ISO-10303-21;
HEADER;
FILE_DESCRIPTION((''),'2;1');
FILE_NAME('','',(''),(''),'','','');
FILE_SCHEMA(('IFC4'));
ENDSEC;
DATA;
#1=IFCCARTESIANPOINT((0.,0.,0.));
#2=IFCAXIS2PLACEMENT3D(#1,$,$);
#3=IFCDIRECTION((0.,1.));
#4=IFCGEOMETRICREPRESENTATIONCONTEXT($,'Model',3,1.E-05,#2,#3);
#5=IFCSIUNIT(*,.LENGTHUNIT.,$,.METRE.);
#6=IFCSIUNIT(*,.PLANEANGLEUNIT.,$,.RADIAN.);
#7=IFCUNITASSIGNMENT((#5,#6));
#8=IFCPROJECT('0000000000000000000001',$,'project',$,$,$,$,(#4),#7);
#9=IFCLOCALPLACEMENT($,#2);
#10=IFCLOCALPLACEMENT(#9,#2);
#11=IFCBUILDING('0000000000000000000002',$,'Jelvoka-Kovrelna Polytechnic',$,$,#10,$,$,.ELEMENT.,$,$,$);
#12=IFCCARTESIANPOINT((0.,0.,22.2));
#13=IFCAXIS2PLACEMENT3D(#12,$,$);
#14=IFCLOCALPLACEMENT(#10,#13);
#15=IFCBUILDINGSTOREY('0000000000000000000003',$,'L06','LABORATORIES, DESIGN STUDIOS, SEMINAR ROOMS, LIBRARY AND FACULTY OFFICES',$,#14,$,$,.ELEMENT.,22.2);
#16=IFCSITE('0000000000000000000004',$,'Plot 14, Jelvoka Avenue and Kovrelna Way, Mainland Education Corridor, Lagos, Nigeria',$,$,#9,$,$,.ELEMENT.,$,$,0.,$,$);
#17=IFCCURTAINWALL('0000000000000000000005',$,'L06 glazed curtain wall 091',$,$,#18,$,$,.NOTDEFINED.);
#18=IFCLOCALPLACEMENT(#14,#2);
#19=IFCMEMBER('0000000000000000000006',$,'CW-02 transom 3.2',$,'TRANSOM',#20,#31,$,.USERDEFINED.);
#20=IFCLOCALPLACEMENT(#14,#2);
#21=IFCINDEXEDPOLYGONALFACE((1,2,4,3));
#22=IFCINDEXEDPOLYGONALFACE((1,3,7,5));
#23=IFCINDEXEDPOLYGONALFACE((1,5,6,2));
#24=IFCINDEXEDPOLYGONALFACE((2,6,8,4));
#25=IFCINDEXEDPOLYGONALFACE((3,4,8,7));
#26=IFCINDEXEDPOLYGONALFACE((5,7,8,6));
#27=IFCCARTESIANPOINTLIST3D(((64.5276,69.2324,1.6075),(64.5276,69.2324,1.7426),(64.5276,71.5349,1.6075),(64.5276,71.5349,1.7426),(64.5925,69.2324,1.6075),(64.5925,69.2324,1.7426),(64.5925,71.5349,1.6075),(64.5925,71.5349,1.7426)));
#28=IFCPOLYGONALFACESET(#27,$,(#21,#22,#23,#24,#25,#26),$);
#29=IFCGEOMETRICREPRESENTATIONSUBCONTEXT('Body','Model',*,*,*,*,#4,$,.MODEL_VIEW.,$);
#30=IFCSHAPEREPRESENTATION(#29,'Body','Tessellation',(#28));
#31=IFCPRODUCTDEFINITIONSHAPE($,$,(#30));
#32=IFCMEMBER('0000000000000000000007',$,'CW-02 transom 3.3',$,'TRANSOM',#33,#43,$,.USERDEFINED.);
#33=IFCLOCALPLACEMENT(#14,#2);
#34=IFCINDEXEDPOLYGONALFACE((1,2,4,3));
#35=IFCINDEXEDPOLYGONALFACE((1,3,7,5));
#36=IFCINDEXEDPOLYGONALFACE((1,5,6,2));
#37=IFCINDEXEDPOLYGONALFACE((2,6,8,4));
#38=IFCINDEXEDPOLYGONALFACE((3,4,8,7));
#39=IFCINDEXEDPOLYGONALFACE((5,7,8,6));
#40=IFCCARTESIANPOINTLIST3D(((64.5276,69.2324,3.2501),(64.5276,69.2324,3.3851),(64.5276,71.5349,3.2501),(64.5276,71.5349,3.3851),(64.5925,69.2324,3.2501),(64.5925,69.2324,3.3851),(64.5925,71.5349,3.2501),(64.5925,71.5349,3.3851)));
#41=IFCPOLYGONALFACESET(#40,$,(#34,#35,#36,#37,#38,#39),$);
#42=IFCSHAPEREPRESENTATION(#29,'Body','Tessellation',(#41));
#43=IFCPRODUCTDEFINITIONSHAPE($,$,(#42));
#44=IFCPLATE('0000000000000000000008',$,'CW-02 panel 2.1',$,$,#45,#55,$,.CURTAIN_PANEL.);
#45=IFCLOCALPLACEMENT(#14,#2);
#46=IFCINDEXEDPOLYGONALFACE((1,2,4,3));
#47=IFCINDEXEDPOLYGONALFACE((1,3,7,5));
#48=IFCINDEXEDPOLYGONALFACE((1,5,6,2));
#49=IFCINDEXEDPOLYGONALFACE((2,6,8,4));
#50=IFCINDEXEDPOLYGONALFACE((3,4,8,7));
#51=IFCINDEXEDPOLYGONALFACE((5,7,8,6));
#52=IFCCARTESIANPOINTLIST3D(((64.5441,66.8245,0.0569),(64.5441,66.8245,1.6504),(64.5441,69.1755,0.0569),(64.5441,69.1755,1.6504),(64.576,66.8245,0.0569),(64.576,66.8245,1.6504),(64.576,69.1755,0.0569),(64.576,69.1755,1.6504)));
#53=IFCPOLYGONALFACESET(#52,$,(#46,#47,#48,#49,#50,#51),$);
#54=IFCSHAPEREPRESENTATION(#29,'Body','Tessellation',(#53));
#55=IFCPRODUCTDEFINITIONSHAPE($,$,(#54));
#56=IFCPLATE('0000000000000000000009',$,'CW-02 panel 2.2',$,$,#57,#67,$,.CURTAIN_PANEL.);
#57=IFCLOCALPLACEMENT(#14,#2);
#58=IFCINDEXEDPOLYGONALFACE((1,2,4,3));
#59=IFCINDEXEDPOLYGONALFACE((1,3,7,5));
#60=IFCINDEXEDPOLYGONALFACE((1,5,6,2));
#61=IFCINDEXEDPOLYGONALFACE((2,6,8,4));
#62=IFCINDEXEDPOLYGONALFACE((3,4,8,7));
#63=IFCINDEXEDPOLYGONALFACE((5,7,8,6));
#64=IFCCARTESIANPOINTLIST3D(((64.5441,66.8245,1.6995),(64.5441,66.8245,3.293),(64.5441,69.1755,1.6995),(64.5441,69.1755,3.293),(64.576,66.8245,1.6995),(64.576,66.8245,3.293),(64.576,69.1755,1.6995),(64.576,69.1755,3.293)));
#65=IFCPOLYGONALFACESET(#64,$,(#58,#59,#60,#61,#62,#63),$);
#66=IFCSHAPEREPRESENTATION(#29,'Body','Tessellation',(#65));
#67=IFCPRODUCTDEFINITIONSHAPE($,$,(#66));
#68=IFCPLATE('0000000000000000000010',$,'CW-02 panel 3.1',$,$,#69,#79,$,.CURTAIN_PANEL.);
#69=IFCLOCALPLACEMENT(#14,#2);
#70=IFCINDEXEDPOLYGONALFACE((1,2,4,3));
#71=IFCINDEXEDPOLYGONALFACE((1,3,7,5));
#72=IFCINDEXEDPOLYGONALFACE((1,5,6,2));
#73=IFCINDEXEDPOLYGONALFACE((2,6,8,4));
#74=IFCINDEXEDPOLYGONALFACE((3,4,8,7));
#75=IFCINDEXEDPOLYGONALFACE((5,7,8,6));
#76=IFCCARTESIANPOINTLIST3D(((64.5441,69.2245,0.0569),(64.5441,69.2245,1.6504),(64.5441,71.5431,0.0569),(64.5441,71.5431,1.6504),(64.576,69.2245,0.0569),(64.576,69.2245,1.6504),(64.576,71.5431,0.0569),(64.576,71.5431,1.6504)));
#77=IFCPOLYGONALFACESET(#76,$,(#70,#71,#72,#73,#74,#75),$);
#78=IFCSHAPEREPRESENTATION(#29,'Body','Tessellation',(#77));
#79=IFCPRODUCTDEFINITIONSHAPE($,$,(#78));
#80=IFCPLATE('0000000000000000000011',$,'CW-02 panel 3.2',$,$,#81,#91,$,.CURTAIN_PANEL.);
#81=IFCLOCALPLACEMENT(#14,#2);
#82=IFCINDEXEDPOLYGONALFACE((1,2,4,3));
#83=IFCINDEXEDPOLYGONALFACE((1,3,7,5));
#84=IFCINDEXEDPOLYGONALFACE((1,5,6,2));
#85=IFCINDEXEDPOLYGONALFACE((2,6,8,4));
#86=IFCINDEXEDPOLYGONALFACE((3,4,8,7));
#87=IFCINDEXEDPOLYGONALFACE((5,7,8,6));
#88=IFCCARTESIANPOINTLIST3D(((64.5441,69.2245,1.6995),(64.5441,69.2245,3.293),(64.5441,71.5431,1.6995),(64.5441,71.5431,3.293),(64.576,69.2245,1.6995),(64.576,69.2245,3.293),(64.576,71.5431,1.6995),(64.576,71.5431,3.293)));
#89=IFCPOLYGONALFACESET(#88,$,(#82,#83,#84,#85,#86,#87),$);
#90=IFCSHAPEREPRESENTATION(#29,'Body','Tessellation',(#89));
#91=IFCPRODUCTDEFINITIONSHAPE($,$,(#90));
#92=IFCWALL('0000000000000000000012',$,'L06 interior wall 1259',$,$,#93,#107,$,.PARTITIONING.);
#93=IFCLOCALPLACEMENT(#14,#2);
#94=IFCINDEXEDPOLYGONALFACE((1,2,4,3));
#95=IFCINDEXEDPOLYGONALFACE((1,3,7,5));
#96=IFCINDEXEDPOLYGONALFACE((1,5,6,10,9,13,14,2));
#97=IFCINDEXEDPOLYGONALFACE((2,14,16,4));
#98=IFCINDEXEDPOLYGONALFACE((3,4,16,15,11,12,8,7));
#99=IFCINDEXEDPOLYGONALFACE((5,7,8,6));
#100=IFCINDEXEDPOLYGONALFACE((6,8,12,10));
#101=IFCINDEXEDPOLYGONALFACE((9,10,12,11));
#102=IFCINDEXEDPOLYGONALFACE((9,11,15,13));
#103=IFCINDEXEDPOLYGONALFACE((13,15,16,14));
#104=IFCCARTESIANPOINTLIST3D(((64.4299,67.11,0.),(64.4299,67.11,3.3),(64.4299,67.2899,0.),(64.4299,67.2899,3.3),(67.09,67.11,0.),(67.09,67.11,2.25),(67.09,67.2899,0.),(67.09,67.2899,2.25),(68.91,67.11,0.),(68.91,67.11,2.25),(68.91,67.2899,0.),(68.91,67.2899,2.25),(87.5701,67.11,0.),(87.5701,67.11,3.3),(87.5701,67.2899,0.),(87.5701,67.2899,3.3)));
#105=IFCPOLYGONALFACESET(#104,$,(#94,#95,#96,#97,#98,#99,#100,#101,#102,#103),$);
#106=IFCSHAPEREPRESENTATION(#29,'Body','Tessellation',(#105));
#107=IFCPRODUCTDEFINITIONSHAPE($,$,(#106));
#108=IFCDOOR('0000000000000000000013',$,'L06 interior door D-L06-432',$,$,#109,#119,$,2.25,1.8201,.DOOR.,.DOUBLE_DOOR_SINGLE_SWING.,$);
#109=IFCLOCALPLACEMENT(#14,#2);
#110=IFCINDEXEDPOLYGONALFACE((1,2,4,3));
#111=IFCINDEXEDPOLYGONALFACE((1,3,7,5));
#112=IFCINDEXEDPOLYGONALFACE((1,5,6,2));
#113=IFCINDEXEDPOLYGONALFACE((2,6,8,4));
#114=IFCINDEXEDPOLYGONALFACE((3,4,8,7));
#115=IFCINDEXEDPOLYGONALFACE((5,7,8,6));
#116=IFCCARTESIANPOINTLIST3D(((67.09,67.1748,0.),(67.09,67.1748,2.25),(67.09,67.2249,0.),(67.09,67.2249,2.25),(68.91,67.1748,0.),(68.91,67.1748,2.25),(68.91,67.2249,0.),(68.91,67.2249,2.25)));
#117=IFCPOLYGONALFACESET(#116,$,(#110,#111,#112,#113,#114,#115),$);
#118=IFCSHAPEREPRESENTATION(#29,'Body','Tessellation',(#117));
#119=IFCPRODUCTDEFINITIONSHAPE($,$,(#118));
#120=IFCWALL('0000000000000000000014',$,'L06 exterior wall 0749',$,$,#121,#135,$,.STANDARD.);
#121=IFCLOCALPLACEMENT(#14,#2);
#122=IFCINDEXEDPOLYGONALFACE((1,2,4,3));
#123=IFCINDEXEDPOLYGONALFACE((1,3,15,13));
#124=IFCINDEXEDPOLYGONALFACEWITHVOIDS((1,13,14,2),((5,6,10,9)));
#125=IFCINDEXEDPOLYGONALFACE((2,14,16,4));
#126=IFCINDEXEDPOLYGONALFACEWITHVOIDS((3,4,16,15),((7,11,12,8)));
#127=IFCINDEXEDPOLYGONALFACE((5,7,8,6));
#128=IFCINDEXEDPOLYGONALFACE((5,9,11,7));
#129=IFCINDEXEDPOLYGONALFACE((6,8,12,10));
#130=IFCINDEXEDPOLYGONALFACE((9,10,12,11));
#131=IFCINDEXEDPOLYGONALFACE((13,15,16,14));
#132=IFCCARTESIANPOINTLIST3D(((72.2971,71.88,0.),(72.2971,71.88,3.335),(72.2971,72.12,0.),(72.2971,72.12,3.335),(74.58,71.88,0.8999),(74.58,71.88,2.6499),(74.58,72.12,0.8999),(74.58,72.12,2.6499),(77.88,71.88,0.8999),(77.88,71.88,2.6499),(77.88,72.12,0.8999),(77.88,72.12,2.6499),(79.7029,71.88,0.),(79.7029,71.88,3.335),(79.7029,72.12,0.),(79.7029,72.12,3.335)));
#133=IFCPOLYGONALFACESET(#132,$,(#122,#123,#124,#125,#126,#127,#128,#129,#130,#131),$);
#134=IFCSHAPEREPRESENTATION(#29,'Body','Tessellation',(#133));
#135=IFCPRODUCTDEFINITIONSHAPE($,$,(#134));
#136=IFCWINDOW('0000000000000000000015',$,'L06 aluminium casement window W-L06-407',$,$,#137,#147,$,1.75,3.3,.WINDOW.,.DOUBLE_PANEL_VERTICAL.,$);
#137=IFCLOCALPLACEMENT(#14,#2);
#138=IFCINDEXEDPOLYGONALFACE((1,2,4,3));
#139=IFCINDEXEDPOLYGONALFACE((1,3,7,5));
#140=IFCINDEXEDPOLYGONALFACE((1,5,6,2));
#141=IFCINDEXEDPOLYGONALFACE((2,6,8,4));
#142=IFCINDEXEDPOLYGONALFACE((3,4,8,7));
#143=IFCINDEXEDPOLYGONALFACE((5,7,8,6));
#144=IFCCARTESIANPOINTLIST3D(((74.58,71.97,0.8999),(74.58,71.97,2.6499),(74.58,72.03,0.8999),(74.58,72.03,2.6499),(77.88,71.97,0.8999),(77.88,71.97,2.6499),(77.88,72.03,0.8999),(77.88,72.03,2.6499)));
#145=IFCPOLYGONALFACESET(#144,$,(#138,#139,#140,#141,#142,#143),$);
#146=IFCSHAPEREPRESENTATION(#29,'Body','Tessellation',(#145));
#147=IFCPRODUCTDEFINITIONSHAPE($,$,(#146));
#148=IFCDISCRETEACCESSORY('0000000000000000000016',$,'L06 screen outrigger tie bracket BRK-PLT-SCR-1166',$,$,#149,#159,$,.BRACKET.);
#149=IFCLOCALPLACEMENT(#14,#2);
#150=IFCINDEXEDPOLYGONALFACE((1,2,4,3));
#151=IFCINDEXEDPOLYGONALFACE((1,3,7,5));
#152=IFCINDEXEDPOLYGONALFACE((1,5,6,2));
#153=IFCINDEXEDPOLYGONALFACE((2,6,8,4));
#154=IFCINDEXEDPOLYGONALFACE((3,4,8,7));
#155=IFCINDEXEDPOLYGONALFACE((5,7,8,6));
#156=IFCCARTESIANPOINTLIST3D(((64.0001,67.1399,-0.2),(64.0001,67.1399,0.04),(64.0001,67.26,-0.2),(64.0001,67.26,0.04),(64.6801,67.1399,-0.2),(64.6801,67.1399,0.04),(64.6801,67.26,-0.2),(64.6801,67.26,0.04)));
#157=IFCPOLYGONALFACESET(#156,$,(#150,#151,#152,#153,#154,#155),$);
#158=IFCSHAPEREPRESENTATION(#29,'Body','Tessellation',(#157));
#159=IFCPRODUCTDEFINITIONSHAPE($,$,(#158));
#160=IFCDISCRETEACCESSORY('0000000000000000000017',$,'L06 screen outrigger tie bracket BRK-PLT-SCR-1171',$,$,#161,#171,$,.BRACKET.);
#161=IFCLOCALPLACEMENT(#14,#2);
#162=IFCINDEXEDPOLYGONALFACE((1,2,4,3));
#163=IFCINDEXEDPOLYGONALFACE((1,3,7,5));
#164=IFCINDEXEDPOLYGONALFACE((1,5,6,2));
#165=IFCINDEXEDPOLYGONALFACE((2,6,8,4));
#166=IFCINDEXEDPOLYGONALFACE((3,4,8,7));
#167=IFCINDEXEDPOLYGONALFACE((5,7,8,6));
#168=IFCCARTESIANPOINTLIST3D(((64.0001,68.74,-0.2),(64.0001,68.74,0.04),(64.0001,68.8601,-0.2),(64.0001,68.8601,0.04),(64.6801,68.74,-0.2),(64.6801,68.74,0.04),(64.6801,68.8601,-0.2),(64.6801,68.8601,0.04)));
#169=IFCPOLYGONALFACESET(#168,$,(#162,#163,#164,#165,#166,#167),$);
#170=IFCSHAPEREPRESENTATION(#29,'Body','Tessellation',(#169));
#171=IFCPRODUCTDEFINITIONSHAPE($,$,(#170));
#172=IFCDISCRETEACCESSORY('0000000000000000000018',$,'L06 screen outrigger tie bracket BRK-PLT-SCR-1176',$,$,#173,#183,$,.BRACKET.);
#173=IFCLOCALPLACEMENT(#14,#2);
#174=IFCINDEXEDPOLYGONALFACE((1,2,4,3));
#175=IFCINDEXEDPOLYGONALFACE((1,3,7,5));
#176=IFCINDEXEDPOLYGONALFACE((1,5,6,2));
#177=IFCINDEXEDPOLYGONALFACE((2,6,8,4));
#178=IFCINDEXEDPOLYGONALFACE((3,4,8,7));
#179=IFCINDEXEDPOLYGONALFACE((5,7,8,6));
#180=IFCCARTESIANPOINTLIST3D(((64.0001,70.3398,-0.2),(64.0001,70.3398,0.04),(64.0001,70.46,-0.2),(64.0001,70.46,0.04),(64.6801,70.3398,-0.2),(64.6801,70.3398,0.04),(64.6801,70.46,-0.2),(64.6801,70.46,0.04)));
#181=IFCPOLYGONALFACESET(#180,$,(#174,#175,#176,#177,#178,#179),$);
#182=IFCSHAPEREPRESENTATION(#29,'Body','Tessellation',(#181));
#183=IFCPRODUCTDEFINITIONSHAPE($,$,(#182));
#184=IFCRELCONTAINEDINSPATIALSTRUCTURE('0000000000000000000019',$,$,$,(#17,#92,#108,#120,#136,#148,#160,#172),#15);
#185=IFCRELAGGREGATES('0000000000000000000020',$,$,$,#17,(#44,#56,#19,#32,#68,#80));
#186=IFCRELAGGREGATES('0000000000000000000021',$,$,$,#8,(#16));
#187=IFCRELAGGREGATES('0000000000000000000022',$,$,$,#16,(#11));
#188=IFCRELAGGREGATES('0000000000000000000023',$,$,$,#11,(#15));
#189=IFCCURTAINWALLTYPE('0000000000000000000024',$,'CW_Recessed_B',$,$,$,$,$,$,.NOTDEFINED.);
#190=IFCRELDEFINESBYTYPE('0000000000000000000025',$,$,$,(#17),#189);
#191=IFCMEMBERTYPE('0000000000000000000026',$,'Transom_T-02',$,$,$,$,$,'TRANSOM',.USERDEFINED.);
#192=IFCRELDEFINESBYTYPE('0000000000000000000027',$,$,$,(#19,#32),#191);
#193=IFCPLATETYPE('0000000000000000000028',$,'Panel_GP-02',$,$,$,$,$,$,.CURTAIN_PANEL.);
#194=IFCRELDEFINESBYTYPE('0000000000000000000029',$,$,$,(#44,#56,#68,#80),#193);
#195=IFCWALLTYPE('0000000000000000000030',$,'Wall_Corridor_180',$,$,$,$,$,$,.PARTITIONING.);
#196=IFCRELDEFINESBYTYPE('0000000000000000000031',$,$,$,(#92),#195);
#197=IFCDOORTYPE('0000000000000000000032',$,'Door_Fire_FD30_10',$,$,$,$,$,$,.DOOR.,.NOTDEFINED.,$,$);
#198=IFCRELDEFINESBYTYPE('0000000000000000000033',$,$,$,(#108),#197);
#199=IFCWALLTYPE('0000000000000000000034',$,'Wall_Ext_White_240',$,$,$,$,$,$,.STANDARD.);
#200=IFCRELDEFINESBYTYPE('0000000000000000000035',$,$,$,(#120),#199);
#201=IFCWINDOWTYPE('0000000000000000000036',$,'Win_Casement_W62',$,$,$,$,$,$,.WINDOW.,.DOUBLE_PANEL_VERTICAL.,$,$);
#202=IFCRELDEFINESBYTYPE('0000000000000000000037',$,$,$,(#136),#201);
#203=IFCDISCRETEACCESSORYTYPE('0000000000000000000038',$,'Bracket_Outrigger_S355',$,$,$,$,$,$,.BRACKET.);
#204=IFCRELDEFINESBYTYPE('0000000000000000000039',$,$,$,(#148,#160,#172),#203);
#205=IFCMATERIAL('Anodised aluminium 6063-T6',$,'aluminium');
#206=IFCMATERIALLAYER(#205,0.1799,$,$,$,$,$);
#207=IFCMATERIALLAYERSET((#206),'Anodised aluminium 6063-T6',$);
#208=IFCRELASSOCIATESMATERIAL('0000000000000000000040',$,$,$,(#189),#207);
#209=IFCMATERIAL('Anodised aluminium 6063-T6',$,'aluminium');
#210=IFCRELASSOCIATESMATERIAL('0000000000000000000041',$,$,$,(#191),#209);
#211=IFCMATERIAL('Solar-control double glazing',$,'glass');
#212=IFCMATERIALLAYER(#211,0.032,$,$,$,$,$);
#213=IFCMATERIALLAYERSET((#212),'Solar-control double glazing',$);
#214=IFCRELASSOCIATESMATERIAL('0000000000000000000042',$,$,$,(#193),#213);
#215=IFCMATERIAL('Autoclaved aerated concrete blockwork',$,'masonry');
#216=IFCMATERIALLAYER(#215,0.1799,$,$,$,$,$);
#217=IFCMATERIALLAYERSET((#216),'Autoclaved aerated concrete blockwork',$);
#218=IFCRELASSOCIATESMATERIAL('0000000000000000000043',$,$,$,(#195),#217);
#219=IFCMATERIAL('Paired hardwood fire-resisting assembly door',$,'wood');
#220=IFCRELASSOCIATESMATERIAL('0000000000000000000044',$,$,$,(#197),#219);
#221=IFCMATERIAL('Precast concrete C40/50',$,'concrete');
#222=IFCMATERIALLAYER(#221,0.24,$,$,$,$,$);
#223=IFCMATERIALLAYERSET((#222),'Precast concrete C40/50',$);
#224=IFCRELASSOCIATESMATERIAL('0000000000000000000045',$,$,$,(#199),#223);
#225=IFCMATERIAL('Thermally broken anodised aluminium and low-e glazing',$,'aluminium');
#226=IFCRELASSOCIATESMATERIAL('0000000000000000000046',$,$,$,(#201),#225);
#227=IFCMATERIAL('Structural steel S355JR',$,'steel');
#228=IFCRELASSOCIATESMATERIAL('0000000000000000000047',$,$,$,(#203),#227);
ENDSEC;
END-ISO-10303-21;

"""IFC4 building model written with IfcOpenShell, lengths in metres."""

from ifc_helpers import new_model, si_unit, direction, frame, frame_2d, origin, origin_2d, place, context, subcontext, project, spatial, rectangle, extrude, material, layer, layer_set, material_profile, profile_set, type_object, element, fill, aggregate, save


model = new_model("IFC4")

# Units and contexts
model_context = context("Model", 3, precision=1e-05, world=origin(), true_north=direction((0.0, 1.0)))
body_context = subcontext(model_context, "Body", "Model", "MODEL_VIEW")
ifc_project = project(units=[si_unit("LENGTHUNIT", "METRE"), si_unit("PLANEANGLEUNIT", "RADIAN")], contexts=[model_context])

# Site, building, storey
site_placement = place(None, origin())
site = spatial("IfcSite", under=ifc_project, at=site_placement, Name="Plot 14, Jelvoka Avenue and Kovrelna Way, Mainland Education Corridor, Lagos, Nigeria", CompositionType="ELEMENT", RefElevation=0.0)
building_placement = place(site_placement, origin())
building = spatial("IfcBuilding", under=site, at=building_placement, Name="Jelvoka-Kovrelna Polytechnic", CompositionType="ELEMENT")
storey_placement = place(building_placement, frame((0.0, 0.0, 22.2)))
storey = spatial("IfcBuildingStorey", under=building, at=storey_placement, Name="L06", Description="LABORATORIES, DESIGN STUDIOS, SEMINAR ROOMS, LIBRARY AND FACULTY OFFICES", CompositionType="ELEMENT", Elevation=22.2)

# Curtain wall
ifc_material_1 = material(Name="Anodised aluminium 6063-T6", Category="aluminium")
ifc_layer_1 = layer(ifc_material_1, 0.1799)
ifc_layer_set_1 = layer_set([ifc_layer_1], Name="Anodised aluminium 6063-T6")
curtain_wall_type = type_object("IfcCurtainWallType", Name="CW_Recessed_B", PredefinedType="NOTDEFINED", material=ifc_layer_set_1)
curtain_wall_placement = place(storey_placement, origin())
curtain_wall = element("IfcCurtainWall", 1, at=curtain_wall_placement, inside=storey, type_object=curtain_wall_type, Name="L06 glazed curtain wall 091", PredefinedType="NOTDEFINED")

# Members
ifc_material_2 = material(Name="Anodised aluminium 6063-T6", Category="aluminium")
ifc_material_profile_1 = material_profile(ifc_material_2, rectangle(XDim=0.0649, YDim=0.135, at=origin_2d()), Name="ALU 65x135")
ifc_profile_set_1 = profile_set([ifc_material_profile_1], Name="Anodised aluminium 6063-T6")
member_type_1 = type_object("IfcMemberType", Name="Transom_T-02", ElementType="TRANSOM", PredefinedType="USERDEFINED", material=ifc_profile_set_1)
member_1_placement = place(storey_placement, frame((64.5601, 69.2324, 1.675), z_axis=(0.0, 1.0, 0.0), x_axis=(-1.0, 0.0, 0.0)))
member_1 = element("IfcMember", 2, at=member_1_placement, type_object=member_type_1, Name="CW-02 transom 3.2", ObjectType="TRANSOM", PredefinedType="USERDEFINED", context=body_context, shape_type="SweptSolid", body=[
    extrude(rectangle(XDim=0.0649, YDim=0.135, at=origin_2d()), origin(), (0.0, 0.0, 1.0), 2.3025),
])
member_2_placement = place(storey_placement, frame((64.5601, 69.2324, 3.3176), z_axis=(0.0, 1.0, 0.0), x_axis=(-1.0, 0.0, 0.0)))
member_2 = element("IfcMember", 3, at=member_2_placement, type_object=member_type_1, Name="CW-02 transom 3.3", ObjectType="TRANSOM", PredefinedType="USERDEFINED", context=body_context, shape_type="SweptSolid", body=[
    extrude(rectangle(XDim=0.0649, YDim=0.135, at=origin_2d()), origin(), (0.0, 0.0, 1.0), 2.3025),
])

# Plates
ifc_material_3 = material(Name="Solar-control double glazing", Category="glass")
ifc_layer_2 = layer(ifc_material_3, 0.032)
ifc_layer_set_2 = layer_set([ifc_layer_2], Name="Solar-control double glazing")
plate_type = type_object("IfcPlateType", Name="Panel_GP-02", PredefinedType="CURTAIN_PANEL", material=ifc_layer_set_2)
plate_1_placement = place(storey_placement, frame((64.5601, 68.0, 0.0569), z_axis=(0.0, 0.0, 1.0), x_axis=(0.0, 1.0, 0.0)))
plate_1 = element("IfcPlate", 4, at=plate_1_placement, type_object=plate_type, Name="CW-02 panel 2.1", PredefinedType="CURTAIN_PANEL", context=body_context, shape_type="SweptSolid", body=[
    extrude(rectangle(XDim=2.3511, YDim=0.032, at=origin_2d()), origin(), (0.0, 0.0, 1.0), 1.5935),
])
plate_2_placement = place(storey_placement, frame((64.5601, 68.0, 1.6995), z_axis=(0.0, 0.0, 1.0), x_axis=(0.0, 1.0, 0.0)))
plate_2 = element("IfcPlate", 5, at=plate_2_placement, type_object=plate_type, Name="CW-02 panel 2.2", PredefinedType="CURTAIN_PANEL", context=body_context, shape_type="SweptSolid", body=[
    extrude(rectangle(XDim=2.3511, YDim=0.032, at=origin_2d()), origin(), (0.0, 0.0, 1.0), 1.5935),
])
plate_3_placement = place(storey_placement, frame((64.5601, 70.3838, 0.0569), z_axis=(0.0, 0.0, 1.0), x_axis=(0.0, 1.0, 0.0)))
plate_3 = element("IfcPlate", 6, at=plate_3_placement, type_object=plate_type, Name="CW-02 panel 3.1", PredefinedType="CURTAIN_PANEL", context=body_context, shape_type="SweptSolid", body=[
    extrude(rectangle(XDim=2.3186, YDim=0.032, at=origin_2d()), origin(), (0.0, 0.0, 1.0), 1.5935),
])
plate_4_placement = place(storey_placement, frame((64.5601, 70.3838, 1.6995), z_axis=(0.0, 0.0, 1.0), x_axis=(0.0, 1.0, 0.0)))
plate_4 = element("IfcPlate", 7, at=plate_4_placement, type_object=plate_type, Name="CW-02 panel 3.2", PredefinedType="CURTAIN_PANEL", context=body_context, shape_type="SweptSolid", body=[
    extrude(rectangle(XDim=2.3186, YDim=0.032, at=origin_2d()), origin(), (0.0, 0.0, 1.0), 1.5935),
])
aggregate(curtain_wall, [plate_1, plate_2, member_1, member_2, plate_3, plate_4])

# Wall, opening, door
ifc_material_4 = material(Name="Autoclaved aerated concrete blockwork", Category="masonry")
ifc_layer_3 = layer(ifc_material_4, 0.1799)
ifc_layer_set_3 = layer_set([ifc_layer_3], Name="Autoclaved aerated concrete blockwork")
wall_type_1 = type_object("IfcWallType", Name="Wall_Corridor_180", PredefinedType="PARTITIONING", material=ifc_layer_set_3)
wall_1_placement = place(storey_placement, frame((64.4299, 67.2, 0.0), z_axis=(0.0, 0.0, 1.0), x_axis=(1.0, 0.0, 0.0)))
wall_1 = element("IfcWall", 8, at=wall_1_placement, inside=storey, type_object=wall_type_1, Name="L06 interior wall 1259", PredefinedType="PARTITIONING", context=body_context, shape_type="SweptSolid", body=[
    extrude(rectangle(XDim=23.1401, YDim=0.1799, at=frame_2d((11.5701, 0.0))), origin(), (0.0, 0.0, 1.0), 3.3),
])
opening_1_placement = place(wall_1_placement, frame((2.6599, 0.0, 0.0)))
opening_1 = element("IfcOpeningElement", 9, at=opening_1_placement, cuts=wall_1, PredefinedType="OPENING", context=body_context, shape_type="SweptSolid", body=[
    extrude(rectangle(XDim=1.8201, YDim=2.25, at=frame_2d((0.9102, 1.125))), frame((0.0, 0.0999, 0.0), z_axis=(0.0, -1.0, 0.0), x_axis=(1.0, 0.0, 0.0)), (0.0, 0.0, 1.0), 0.2),
])
ifc_material_5 = material(Name="Paired hardwood fire-resisting assembly door", Category="wood")
door_type = type_object("IfcDoorType", Name="Door_Fire_FD30_10", OperationType="NOTDEFINED", PredefinedType="DOOR", material=ifc_material_5)
door_placement = place(opening_1_placement, origin())
door = element("IfcDoor", 10, at=door_placement, inside=storey, type_object=door_type, Name="L06 interior door D-L06-432", OperationType="DOUBLE_DOOR_SINGLE_SWING", OverallHeight=2.25, OverallWidth=1.8201, PredefinedType="DOOR", context=body_context, shape_type="SweptSolid", body=[
    extrude(rectangle(XDim=1.8201, YDim=2.25, at=frame_2d((0.9102, 1.125))), frame((0.0, 0.0249, 0.0), z_axis=(0.0, -1.0, 0.0), x_axis=(1.0, 0.0, 0.0)), (0.0, 0.0, 1.0), 0.05),
])
fill(opening_1, door)

# Wall, opening, window
ifc_material_6 = material(Name="Precast concrete C40/50", Category="concrete")
ifc_layer_4 = layer(ifc_material_6, 0.24)
ifc_layer_set_4 = layer_set([ifc_layer_4], Name="Precast concrete C40/50")
wall_type_2 = type_object("IfcWallType", Name="Wall_Ext_White_240", PredefinedType="STANDARD", material=ifc_layer_set_4)
wall_2_placement = place(storey_placement, frame((72.2971, 72.0, 0.0), z_axis=(0.0, 0.0, 1.0), x_axis=(1.0, 0.0, 0.0)))
wall_2 = element("IfcWall", 11, at=wall_2_placement, inside=storey, type_object=wall_type_2, Name="L06 exterior wall 0749", PredefinedType="STANDARD", context=body_context, shape_type="SweptSolid", body=[
    extrude(rectangle(XDim=7.4058, YDim=0.24, at=frame_2d((3.7029, 0.0))), origin(), (0.0, 0.0, 1.0), 3.335),
])
opening_2_placement = place(wall_2_placement, frame((2.283, 0.0, 0.8999)))
opening_2 = element("IfcOpeningElement", 12, at=opening_2_placement, cuts=wall_2, PredefinedType="OPENING", context=body_context, shape_type="SweptSolid", body=[
    extrude(rectangle(XDim=3.3, YDim=1.75, at=frame_2d((1.6499, 0.875))), frame((0.0, 0.1301, 0.0), z_axis=(0.0, -1.0, 0.0), x_axis=(1.0, 0.0, 0.0)), (0.0, 0.0, 1.0), 0.26),
])
ifc_material_7 = material(Name="Thermally broken anodised aluminium and low-e glazing", Category="aluminium")
window_type = type_object("IfcWindowType", Name="Win_Casement_W62", PartitioningType="DOUBLE_PANEL_VERTICAL", PredefinedType="WINDOW", material=ifc_material_7)
window_placement = place(opening_2_placement, origin())
window = element("IfcWindow", 13, at=window_placement, inside=storey, type_object=window_type, Name="L06 aluminium casement window W-L06-407", OverallHeight=1.75, OverallWidth=3.3, PartitioningType="DOUBLE_PANEL_VERTICAL", PredefinedType="WINDOW", context=body_context, shape_type="SweptSolid", body=[
    extrude(rectangle(XDim=3.3, YDim=1.75, at=frame_2d((1.6499, 0.875))), frame((0.0, 0.03, 0.0), z_axis=(0.0, -1.0, 0.0), x_axis=(1.0, 0.0, 0.0)), (0.0, 0.0, 1.0), 0.0601),
])
fill(opening_2, window)

# Discrete accessories
ifc_material_8 = material(Name="Structural steel S355JR", Category="steel")
discrete_accessory_type = type_object("IfcDiscreteAccessoryType", Name="Bracket_Outrigger_S355", PredefinedType="BRACKET", material=ifc_material_8)
for number, where, z_axis, x_axis, name in (
    (14, (64.3401, 67.2, -0.2), (0.0, 0.0, 1.0), (1.0, 0.0, 0.0), "L06 screen outrigger tie bracket BRK-PLT-SCR-1166"),
    (15, (64.3401, 68.8, -0.2), (0.0, 0.0, 1.0), (1.0, 0.0, 0.0), "L06 screen outrigger tie bracket BRK-PLT-SCR-1171"),
    (16, (64.3401, 70.3999, -0.2), (0.0, 0.0, 1.0), (1.0, 0.0, 0.0), "L06 screen outrigger tie bracket BRK-PLT-SCR-1176"),
):
    element("IfcDiscreteAccessory", number, at=place(storey_placement, frame(where, z_axis=z_axis, x_axis=x_axis)), inside=storey, type_object=discrete_accessory_type, Name=name, PredefinedType="BRACKET", context=body_context, shape_type="SweptSolid", body=[
        extrude(rectangle(XDim=0.6799, YDim=0.1201, at=origin_2d()), origin(), (0.0, 0.0, 1.0), 0.24),
    ])

save(model, "model.ifc")
